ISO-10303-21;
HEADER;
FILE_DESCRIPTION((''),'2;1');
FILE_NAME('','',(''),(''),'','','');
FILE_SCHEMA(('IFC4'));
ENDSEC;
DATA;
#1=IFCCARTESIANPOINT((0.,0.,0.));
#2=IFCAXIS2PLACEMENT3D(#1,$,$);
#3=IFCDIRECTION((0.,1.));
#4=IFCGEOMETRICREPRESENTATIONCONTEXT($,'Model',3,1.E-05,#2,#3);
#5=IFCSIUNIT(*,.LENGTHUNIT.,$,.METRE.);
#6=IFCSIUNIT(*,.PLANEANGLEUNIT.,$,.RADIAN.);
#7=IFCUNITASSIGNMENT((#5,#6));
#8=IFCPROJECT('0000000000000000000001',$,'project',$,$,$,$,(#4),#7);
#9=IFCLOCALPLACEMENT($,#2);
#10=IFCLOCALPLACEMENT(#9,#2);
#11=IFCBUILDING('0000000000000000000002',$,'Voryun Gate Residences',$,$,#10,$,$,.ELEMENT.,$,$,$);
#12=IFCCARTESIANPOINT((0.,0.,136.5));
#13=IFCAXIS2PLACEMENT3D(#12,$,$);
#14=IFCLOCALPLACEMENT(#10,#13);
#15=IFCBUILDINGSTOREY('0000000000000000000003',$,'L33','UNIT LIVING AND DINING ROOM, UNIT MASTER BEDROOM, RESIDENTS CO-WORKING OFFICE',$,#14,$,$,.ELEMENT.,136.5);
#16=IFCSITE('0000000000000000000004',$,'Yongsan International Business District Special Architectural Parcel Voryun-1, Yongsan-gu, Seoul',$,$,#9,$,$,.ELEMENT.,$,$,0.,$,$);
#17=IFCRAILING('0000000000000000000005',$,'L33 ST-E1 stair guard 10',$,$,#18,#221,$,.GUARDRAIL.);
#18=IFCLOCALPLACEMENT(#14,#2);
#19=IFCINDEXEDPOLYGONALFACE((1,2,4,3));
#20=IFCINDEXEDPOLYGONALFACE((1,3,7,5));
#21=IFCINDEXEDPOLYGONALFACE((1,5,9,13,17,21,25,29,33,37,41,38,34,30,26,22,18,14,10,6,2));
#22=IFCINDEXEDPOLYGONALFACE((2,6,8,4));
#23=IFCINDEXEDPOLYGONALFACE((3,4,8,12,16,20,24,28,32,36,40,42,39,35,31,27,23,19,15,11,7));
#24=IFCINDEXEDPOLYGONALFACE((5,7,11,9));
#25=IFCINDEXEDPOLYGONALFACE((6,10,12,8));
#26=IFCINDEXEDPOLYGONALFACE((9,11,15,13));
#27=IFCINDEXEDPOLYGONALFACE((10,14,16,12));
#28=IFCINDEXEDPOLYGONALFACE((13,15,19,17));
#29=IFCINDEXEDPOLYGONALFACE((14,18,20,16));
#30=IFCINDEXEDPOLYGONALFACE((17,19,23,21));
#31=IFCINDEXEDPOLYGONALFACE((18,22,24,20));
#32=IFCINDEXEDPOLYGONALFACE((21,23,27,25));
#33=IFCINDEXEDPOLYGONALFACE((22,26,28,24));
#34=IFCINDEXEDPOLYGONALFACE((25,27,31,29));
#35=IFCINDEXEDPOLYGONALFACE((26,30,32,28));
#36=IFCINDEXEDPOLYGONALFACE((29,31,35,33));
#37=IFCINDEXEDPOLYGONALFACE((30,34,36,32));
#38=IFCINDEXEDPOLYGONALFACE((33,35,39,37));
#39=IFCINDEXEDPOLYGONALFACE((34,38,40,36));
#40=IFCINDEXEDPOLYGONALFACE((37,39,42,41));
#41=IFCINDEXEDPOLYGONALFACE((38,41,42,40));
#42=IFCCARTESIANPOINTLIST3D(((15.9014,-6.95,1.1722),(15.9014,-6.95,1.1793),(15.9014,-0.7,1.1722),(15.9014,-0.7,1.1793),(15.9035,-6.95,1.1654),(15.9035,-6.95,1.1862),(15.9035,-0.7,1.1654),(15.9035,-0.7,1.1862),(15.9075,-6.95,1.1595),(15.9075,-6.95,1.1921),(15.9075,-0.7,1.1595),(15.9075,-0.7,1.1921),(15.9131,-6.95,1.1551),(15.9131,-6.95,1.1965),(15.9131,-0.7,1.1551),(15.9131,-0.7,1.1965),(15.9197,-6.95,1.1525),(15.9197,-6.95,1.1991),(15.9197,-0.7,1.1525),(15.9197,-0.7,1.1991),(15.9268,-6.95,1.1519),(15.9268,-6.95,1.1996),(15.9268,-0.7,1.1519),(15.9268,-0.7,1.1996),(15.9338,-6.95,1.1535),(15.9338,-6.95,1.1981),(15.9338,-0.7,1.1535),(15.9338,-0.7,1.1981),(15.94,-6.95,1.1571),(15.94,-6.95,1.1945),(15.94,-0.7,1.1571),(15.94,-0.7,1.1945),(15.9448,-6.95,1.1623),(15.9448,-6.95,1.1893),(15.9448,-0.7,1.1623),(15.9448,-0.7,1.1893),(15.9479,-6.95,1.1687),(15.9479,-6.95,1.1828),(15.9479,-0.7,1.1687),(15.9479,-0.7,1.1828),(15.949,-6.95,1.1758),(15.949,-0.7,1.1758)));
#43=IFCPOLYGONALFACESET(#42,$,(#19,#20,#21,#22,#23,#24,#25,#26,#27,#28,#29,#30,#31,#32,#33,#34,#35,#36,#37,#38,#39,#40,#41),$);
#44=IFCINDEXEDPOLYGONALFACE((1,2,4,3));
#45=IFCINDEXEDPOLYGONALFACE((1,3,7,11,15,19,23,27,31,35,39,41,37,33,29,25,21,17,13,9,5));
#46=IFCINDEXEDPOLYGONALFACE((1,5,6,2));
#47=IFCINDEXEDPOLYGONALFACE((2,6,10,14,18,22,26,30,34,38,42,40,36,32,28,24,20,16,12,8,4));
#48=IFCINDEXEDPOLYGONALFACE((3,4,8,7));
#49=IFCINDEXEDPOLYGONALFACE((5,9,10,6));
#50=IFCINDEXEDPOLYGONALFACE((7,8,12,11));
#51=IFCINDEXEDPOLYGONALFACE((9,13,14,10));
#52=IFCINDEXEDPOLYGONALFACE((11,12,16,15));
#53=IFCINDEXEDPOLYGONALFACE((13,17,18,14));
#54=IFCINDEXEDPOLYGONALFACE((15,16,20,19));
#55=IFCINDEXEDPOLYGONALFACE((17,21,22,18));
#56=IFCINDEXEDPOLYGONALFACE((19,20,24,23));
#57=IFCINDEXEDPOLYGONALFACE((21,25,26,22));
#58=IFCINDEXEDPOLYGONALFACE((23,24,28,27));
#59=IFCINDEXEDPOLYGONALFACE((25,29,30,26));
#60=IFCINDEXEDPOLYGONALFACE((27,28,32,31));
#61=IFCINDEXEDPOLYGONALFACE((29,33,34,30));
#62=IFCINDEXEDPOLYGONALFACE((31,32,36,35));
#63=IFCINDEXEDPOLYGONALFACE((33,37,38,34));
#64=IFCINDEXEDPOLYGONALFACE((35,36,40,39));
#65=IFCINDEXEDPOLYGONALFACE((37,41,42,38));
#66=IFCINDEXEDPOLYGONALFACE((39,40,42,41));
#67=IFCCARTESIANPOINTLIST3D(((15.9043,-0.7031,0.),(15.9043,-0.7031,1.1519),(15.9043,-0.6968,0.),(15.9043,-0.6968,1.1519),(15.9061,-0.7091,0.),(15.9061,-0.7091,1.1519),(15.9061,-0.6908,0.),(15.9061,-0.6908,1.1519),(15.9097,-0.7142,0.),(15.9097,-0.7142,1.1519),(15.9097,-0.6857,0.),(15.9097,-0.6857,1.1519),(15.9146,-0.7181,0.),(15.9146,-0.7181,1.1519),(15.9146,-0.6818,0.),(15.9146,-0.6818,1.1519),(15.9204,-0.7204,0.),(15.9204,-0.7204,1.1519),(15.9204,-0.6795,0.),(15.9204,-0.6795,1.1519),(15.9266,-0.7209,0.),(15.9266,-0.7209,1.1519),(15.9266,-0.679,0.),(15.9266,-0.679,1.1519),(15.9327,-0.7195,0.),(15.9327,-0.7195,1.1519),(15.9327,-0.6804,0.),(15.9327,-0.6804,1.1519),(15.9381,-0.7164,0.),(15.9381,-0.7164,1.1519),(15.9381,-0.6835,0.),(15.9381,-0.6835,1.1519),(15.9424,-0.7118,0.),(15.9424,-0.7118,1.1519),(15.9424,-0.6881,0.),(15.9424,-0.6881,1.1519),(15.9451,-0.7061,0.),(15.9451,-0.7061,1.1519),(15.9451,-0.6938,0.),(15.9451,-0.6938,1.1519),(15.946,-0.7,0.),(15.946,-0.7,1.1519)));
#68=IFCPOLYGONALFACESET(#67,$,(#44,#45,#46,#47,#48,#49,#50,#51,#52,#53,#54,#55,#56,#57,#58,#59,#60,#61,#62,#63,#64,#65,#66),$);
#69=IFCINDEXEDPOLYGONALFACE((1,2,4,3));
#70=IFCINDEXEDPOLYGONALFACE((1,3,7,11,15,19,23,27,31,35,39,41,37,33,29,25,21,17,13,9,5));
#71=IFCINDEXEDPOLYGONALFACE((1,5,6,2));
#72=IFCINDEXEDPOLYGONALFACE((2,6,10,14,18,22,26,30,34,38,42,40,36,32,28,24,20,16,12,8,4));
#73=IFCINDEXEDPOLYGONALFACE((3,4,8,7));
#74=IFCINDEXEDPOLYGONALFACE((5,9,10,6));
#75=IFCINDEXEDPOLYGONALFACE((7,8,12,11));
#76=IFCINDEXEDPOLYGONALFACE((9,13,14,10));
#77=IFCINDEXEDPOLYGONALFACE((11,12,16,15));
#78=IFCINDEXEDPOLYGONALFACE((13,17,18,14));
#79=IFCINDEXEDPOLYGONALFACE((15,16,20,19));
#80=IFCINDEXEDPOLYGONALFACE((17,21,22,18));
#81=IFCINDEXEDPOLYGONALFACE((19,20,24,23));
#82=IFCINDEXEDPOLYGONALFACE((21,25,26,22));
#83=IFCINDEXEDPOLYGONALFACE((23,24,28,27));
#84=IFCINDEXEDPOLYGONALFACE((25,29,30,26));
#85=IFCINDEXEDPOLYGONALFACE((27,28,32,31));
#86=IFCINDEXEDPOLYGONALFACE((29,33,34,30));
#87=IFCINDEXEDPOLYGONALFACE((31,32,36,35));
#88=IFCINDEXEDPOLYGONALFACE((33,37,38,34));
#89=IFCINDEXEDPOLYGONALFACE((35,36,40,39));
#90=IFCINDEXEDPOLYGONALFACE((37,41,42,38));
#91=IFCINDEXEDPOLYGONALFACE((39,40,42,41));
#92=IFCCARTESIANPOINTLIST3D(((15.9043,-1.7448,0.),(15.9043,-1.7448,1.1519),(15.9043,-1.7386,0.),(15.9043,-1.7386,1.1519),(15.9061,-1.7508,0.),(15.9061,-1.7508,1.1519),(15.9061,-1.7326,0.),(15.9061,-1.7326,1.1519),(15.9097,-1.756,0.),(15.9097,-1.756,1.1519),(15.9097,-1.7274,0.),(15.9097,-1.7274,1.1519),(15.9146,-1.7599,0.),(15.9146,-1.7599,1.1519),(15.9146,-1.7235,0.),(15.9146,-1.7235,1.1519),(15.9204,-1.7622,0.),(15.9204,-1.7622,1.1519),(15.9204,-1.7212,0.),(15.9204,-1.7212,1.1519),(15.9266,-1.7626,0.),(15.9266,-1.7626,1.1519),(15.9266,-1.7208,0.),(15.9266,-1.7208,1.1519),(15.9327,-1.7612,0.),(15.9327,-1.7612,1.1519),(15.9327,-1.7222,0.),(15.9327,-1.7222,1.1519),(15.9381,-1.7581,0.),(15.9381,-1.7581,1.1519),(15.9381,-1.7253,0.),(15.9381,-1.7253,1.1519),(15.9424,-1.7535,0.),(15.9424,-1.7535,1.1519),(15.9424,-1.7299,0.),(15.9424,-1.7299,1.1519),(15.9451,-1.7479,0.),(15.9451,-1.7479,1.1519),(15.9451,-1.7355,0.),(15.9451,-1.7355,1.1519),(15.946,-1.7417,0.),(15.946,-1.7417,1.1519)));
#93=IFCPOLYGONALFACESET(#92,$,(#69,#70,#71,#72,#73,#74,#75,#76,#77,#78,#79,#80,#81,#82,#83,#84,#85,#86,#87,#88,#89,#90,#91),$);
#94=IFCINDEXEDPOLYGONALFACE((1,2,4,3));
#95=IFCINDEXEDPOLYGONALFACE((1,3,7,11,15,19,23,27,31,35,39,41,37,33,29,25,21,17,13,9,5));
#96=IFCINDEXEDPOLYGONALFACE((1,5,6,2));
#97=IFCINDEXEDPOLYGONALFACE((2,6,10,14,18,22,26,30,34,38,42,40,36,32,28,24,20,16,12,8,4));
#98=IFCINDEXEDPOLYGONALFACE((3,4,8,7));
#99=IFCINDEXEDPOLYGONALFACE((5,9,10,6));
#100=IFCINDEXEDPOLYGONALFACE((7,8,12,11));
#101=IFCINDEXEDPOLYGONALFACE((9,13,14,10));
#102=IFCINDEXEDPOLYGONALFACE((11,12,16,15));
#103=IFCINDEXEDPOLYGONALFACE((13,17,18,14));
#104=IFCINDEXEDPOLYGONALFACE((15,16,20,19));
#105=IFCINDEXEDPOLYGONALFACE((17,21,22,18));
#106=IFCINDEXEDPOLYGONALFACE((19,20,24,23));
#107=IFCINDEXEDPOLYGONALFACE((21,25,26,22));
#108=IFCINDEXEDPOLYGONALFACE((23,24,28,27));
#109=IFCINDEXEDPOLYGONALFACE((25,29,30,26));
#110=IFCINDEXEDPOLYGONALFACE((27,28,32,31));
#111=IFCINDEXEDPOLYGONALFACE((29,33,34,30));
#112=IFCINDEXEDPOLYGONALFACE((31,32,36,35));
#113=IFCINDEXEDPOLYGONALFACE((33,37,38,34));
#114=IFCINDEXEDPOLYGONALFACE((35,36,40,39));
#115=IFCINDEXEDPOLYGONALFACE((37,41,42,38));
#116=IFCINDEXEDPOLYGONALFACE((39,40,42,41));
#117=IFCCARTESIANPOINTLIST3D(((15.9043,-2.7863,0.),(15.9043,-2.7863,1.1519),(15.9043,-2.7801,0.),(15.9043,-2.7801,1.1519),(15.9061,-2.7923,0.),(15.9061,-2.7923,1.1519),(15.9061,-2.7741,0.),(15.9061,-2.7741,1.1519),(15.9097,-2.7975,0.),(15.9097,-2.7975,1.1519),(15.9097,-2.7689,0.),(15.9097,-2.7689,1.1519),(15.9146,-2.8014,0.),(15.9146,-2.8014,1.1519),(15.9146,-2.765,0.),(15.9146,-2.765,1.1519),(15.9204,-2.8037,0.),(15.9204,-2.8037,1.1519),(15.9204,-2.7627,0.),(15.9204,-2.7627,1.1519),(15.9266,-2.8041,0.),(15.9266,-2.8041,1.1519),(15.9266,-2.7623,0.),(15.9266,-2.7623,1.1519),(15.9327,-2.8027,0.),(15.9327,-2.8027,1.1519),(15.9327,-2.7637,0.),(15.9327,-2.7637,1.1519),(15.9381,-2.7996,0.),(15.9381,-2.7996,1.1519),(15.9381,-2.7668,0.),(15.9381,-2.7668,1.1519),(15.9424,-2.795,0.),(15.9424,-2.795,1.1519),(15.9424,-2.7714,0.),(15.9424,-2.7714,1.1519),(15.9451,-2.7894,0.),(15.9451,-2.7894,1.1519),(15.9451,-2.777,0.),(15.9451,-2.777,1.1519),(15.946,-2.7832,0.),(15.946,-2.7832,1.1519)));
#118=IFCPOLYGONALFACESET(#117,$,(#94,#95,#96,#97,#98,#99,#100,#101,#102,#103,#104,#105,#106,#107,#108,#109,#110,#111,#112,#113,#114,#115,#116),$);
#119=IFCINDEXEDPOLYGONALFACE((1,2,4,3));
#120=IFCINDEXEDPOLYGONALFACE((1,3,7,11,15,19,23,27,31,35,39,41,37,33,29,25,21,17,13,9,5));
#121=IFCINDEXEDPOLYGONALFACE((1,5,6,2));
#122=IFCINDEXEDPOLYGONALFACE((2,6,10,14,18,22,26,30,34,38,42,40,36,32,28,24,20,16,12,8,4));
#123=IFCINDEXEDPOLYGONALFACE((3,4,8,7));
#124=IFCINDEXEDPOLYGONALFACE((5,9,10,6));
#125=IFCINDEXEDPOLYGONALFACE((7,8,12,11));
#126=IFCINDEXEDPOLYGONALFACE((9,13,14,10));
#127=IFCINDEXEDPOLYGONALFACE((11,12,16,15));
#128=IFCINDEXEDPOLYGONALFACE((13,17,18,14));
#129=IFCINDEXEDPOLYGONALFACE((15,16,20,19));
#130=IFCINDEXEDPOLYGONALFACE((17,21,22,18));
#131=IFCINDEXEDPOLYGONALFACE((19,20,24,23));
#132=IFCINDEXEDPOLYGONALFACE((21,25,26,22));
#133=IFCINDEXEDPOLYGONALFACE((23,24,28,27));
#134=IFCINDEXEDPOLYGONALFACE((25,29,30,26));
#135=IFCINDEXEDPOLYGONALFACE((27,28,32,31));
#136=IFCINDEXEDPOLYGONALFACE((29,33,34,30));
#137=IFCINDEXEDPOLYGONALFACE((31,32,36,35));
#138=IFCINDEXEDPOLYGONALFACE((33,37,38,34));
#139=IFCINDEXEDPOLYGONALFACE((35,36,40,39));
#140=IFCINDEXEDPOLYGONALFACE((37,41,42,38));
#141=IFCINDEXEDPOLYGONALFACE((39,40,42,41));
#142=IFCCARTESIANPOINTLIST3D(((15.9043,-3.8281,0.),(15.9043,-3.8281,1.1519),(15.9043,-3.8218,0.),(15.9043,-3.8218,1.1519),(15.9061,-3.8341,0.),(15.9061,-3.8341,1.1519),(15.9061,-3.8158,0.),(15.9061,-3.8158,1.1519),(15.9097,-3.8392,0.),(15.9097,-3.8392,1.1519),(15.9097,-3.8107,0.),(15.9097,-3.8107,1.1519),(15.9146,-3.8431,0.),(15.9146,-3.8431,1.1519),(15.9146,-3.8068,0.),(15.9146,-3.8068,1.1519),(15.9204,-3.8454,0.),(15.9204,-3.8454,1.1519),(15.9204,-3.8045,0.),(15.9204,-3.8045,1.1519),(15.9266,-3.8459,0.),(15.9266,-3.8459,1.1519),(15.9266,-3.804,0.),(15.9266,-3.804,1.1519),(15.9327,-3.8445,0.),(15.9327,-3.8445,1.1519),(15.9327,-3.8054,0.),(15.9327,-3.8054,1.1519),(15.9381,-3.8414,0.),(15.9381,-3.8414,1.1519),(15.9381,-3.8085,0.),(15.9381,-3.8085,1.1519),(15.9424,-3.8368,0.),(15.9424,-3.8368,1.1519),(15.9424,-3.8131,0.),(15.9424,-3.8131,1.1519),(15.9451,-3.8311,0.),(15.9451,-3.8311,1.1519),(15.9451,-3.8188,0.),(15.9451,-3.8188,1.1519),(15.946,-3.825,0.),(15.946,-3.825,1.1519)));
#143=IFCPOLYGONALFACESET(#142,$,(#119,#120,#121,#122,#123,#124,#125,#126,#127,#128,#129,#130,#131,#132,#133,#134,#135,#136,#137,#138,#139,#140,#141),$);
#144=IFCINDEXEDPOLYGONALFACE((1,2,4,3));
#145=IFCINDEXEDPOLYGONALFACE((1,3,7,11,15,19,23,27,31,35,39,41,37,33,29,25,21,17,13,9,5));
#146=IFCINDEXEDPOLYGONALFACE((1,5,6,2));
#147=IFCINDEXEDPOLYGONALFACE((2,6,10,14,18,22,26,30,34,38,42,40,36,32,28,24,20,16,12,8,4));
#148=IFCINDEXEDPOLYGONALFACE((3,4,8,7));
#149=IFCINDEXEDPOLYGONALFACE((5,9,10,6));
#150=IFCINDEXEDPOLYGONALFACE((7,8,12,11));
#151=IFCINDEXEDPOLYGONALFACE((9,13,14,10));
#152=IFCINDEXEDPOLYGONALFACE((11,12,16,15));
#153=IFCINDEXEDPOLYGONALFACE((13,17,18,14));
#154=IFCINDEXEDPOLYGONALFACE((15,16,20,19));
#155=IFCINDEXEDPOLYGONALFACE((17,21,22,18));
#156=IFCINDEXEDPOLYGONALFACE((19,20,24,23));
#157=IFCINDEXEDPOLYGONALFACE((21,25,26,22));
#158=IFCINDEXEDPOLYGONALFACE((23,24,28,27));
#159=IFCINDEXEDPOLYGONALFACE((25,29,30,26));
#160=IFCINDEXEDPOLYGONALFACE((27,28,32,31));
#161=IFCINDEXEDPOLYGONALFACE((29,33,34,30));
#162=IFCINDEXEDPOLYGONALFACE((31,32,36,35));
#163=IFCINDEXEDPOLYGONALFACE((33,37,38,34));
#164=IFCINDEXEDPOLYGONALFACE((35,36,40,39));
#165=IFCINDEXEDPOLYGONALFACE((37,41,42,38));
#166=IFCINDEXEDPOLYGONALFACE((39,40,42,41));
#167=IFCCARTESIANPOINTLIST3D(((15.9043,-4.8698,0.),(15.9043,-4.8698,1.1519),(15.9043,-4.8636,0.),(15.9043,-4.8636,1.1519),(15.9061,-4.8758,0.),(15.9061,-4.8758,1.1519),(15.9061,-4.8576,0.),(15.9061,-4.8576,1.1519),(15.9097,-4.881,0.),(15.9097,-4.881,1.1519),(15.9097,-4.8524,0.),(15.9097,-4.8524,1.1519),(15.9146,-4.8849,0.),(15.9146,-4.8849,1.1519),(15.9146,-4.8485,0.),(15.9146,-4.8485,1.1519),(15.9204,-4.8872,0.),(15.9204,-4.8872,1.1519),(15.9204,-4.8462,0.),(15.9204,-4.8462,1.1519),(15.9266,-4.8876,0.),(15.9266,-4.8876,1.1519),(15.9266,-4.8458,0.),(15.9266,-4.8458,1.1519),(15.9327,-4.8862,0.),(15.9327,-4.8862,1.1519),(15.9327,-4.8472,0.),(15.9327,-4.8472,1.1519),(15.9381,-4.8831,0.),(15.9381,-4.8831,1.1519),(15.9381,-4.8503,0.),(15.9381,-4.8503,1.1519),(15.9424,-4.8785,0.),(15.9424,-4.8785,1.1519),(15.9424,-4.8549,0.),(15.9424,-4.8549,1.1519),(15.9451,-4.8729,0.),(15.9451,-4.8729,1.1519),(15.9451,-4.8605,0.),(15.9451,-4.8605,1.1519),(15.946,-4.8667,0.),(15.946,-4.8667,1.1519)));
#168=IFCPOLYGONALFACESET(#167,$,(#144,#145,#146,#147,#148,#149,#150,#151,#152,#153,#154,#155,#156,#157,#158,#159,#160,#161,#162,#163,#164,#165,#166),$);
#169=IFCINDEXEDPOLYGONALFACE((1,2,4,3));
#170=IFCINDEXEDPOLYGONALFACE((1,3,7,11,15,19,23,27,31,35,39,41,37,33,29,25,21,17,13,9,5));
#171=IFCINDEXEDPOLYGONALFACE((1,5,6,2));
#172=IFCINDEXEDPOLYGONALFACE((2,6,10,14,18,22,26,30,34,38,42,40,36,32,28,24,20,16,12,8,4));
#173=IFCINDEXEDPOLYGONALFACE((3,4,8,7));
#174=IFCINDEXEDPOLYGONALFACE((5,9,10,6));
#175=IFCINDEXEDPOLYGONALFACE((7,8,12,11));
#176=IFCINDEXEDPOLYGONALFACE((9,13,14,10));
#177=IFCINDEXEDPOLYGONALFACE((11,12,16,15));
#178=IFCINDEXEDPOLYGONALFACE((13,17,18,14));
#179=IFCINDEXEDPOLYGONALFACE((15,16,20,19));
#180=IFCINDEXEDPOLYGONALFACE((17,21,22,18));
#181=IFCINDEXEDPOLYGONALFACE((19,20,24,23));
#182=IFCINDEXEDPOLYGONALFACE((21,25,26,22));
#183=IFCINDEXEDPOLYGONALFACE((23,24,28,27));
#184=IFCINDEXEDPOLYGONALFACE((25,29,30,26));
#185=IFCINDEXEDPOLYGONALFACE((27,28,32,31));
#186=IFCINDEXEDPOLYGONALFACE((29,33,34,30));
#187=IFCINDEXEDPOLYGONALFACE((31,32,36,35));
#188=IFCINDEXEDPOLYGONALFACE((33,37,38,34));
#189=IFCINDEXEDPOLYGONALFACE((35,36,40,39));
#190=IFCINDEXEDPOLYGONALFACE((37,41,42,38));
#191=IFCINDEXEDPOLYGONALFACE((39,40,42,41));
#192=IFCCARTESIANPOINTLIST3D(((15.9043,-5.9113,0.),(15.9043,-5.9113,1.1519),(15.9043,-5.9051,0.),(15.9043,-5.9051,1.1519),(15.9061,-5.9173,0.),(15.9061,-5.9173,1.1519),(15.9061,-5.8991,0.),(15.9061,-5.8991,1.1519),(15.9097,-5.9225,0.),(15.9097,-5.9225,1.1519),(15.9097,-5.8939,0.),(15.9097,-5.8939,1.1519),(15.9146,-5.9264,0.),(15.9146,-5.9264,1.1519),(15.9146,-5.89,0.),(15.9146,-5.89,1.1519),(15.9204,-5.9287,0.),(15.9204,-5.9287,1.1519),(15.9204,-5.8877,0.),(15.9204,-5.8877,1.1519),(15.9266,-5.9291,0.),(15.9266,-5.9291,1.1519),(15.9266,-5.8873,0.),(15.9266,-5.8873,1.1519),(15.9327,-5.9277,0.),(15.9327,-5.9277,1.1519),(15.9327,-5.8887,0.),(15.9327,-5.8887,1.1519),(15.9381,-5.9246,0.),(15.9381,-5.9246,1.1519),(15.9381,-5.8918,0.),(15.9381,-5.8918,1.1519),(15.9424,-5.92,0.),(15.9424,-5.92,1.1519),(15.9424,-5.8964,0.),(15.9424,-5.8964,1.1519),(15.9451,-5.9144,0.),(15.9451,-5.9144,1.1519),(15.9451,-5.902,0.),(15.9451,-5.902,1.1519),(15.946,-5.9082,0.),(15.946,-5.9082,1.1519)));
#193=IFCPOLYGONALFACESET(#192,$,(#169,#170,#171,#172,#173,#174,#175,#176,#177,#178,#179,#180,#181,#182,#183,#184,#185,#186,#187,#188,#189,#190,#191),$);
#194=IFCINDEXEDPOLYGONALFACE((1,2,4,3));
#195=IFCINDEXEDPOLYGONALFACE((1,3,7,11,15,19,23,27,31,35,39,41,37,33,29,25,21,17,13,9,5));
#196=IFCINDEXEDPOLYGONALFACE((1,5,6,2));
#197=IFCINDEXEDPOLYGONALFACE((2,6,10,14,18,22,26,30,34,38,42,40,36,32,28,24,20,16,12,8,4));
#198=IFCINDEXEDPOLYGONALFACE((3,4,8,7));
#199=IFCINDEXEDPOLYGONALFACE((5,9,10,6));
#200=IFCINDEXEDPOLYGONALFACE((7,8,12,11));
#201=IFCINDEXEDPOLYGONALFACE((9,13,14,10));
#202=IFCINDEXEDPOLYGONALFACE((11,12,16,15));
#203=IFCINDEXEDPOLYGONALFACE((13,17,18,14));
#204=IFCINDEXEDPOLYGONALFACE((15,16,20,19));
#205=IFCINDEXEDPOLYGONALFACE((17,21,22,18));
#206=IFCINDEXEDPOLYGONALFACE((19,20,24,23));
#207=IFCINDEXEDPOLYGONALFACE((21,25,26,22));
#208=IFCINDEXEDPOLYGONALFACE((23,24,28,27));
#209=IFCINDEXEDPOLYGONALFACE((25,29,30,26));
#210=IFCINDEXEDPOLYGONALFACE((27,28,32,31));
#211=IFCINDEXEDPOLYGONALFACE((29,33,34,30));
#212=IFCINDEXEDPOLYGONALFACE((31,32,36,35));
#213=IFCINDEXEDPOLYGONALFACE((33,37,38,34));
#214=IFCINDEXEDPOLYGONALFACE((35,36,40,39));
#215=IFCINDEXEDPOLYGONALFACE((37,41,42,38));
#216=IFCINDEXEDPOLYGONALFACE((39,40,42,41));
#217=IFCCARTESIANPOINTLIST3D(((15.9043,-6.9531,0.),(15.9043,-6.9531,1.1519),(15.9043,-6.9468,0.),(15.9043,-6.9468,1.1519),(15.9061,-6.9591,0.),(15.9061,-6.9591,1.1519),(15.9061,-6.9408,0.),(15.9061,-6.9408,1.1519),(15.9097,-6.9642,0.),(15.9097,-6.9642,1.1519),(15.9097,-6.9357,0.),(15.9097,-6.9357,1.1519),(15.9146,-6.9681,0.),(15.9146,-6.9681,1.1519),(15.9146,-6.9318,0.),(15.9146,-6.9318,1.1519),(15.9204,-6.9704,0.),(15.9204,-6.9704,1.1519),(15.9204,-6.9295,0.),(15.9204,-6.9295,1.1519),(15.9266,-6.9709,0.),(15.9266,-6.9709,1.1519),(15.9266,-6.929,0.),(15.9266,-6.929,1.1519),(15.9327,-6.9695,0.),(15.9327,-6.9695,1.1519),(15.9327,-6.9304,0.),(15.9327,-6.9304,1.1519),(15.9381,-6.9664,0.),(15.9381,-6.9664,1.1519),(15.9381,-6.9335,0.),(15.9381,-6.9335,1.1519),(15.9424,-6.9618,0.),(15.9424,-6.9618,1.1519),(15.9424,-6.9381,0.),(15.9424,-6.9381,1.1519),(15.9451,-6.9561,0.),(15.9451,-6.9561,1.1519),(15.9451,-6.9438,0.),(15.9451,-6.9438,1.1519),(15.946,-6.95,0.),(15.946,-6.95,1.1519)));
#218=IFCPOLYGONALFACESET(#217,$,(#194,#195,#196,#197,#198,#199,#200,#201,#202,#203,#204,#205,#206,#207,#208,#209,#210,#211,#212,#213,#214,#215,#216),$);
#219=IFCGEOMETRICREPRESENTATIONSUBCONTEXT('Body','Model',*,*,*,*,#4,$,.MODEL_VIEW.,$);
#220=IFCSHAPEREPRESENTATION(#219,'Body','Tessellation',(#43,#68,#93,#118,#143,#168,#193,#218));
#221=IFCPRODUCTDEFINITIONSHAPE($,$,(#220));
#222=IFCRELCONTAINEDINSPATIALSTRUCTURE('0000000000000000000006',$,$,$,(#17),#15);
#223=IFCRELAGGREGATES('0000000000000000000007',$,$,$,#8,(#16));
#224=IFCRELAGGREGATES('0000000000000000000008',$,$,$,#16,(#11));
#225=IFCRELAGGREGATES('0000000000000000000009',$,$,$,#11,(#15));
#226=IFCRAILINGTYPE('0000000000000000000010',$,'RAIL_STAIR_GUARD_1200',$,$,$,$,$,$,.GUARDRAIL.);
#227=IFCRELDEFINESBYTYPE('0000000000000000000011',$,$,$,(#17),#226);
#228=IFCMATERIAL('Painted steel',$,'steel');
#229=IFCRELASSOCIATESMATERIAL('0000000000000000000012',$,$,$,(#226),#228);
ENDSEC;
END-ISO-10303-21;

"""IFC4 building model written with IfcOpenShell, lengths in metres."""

from ifc_helpers import new_model, si_unit, direction, frame, origin, origin_2d, place, context, subcontext, project, spatial, circle, extrude, material, type_object, element, save


model = new_model("IFC4")

# Units and contexts
model_context = context("Model", 3, precision=1e-05, world=origin(), true_north=direction((0.0, 1.0)))
body_context = subcontext(model_context, "Body", "Model", "MODEL_VIEW")
ifc_project = project(units=[si_unit("LENGTHUNIT", "METRE"), si_unit("PLANEANGLEUNIT", "RADIAN")], contexts=[model_context])

# Site, building, storey
site_placement = place(None, origin())
site = spatial("IfcSite", under=ifc_project, at=site_placement, Name="Yongsan International Business District Special Architectural Parcel Voryun-1, Yongsan-gu, Seoul", CompositionType="ELEMENT", RefElevation=0.0)
building_placement = place(site_placement, origin())
building = spatial("IfcBuilding", under=site, at=building_placement, Name="Voryun Gate Residences", CompositionType="ELEMENT")
storey_placement = place(building_placement, frame((0.0, 0.0, 136.5)))
storey = spatial("IfcBuildingStorey", under=building, at=storey_placement, Name="L33", Description="UNIT LIVING AND DINING ROOM, UNIT MASTER BEDROOM, RESIDENTS CO-WORKING OFFICE", CompositionType="ELEMENT", Elevation=136.5)

# Railing
ifc_material_1 = material(Name="Painted steel", Category="steel")
railing_type = type_object("IfcRailingType", Name="RAIL_STAIR_GUARD_1200", PredefinedType="GUARDRAIL", material=ifc_material_1)
railing_1_placement = place(storey_placement, frame((15.925, -0.7, 0.0)))
element("IfcRailing", 1, at=railing_1_placement, inside=storey, type_object=railing_type, Name="L33 ST-E1 stair guard 10", PredefinedType="GUARDRAIL", context=body_context, shape_type="SweptSolid", body=[
    extrude(circle(Radius=0.0239, at=origin_2d()), frame((0.0, 0.0, 1.1758), z_axis=(0.0, -1.0, 0.0), x_axis=(1.0, 0.0, 0.0)), (0.0, 0.0, 1.0), 6.25),
    extrude(circle(Radius=0.021, at=origin_2d()), origin(), (0.0, 0.0, 1.0), 1.1519),
    extrude(circle(Radius=0.021, at=origin_2d()), frame((0.0, -1.0417, 0.0)), (0.0, 0.0, 1.0), 1.1519),
    extrude(circle(Radius=0.021, at=origin_2d()), frame((0.0, -2.0833, 0.0)), (0.0, 0.0, 1.0), 1.1519),
    extrude(circle(Radius=0.021, at=origin_2d()), frame((0.0, -3.125, 0.0)), (0.0, 0.0, 1.0), 1.1519),
    extrude(circle(Radius=0.021, at=origin_2d()), frame((0.0, -4.1667, 0.0)), (0.0, 0.0, 1.0), 1.1519),
    extrude(circle(Radius=0.021, at=origin_2d()), frame((0.0, -5.2083, 0.0)), (0.0, 0.0, 1.0), 1.1519),
    extrude(circle(Radius=0.021, at=origin_2d()), frame((0.0, -6.25, 0.0)), (0.0, 0.0, 1.0), 1.1519),
])

save(model, "model.ifc")
